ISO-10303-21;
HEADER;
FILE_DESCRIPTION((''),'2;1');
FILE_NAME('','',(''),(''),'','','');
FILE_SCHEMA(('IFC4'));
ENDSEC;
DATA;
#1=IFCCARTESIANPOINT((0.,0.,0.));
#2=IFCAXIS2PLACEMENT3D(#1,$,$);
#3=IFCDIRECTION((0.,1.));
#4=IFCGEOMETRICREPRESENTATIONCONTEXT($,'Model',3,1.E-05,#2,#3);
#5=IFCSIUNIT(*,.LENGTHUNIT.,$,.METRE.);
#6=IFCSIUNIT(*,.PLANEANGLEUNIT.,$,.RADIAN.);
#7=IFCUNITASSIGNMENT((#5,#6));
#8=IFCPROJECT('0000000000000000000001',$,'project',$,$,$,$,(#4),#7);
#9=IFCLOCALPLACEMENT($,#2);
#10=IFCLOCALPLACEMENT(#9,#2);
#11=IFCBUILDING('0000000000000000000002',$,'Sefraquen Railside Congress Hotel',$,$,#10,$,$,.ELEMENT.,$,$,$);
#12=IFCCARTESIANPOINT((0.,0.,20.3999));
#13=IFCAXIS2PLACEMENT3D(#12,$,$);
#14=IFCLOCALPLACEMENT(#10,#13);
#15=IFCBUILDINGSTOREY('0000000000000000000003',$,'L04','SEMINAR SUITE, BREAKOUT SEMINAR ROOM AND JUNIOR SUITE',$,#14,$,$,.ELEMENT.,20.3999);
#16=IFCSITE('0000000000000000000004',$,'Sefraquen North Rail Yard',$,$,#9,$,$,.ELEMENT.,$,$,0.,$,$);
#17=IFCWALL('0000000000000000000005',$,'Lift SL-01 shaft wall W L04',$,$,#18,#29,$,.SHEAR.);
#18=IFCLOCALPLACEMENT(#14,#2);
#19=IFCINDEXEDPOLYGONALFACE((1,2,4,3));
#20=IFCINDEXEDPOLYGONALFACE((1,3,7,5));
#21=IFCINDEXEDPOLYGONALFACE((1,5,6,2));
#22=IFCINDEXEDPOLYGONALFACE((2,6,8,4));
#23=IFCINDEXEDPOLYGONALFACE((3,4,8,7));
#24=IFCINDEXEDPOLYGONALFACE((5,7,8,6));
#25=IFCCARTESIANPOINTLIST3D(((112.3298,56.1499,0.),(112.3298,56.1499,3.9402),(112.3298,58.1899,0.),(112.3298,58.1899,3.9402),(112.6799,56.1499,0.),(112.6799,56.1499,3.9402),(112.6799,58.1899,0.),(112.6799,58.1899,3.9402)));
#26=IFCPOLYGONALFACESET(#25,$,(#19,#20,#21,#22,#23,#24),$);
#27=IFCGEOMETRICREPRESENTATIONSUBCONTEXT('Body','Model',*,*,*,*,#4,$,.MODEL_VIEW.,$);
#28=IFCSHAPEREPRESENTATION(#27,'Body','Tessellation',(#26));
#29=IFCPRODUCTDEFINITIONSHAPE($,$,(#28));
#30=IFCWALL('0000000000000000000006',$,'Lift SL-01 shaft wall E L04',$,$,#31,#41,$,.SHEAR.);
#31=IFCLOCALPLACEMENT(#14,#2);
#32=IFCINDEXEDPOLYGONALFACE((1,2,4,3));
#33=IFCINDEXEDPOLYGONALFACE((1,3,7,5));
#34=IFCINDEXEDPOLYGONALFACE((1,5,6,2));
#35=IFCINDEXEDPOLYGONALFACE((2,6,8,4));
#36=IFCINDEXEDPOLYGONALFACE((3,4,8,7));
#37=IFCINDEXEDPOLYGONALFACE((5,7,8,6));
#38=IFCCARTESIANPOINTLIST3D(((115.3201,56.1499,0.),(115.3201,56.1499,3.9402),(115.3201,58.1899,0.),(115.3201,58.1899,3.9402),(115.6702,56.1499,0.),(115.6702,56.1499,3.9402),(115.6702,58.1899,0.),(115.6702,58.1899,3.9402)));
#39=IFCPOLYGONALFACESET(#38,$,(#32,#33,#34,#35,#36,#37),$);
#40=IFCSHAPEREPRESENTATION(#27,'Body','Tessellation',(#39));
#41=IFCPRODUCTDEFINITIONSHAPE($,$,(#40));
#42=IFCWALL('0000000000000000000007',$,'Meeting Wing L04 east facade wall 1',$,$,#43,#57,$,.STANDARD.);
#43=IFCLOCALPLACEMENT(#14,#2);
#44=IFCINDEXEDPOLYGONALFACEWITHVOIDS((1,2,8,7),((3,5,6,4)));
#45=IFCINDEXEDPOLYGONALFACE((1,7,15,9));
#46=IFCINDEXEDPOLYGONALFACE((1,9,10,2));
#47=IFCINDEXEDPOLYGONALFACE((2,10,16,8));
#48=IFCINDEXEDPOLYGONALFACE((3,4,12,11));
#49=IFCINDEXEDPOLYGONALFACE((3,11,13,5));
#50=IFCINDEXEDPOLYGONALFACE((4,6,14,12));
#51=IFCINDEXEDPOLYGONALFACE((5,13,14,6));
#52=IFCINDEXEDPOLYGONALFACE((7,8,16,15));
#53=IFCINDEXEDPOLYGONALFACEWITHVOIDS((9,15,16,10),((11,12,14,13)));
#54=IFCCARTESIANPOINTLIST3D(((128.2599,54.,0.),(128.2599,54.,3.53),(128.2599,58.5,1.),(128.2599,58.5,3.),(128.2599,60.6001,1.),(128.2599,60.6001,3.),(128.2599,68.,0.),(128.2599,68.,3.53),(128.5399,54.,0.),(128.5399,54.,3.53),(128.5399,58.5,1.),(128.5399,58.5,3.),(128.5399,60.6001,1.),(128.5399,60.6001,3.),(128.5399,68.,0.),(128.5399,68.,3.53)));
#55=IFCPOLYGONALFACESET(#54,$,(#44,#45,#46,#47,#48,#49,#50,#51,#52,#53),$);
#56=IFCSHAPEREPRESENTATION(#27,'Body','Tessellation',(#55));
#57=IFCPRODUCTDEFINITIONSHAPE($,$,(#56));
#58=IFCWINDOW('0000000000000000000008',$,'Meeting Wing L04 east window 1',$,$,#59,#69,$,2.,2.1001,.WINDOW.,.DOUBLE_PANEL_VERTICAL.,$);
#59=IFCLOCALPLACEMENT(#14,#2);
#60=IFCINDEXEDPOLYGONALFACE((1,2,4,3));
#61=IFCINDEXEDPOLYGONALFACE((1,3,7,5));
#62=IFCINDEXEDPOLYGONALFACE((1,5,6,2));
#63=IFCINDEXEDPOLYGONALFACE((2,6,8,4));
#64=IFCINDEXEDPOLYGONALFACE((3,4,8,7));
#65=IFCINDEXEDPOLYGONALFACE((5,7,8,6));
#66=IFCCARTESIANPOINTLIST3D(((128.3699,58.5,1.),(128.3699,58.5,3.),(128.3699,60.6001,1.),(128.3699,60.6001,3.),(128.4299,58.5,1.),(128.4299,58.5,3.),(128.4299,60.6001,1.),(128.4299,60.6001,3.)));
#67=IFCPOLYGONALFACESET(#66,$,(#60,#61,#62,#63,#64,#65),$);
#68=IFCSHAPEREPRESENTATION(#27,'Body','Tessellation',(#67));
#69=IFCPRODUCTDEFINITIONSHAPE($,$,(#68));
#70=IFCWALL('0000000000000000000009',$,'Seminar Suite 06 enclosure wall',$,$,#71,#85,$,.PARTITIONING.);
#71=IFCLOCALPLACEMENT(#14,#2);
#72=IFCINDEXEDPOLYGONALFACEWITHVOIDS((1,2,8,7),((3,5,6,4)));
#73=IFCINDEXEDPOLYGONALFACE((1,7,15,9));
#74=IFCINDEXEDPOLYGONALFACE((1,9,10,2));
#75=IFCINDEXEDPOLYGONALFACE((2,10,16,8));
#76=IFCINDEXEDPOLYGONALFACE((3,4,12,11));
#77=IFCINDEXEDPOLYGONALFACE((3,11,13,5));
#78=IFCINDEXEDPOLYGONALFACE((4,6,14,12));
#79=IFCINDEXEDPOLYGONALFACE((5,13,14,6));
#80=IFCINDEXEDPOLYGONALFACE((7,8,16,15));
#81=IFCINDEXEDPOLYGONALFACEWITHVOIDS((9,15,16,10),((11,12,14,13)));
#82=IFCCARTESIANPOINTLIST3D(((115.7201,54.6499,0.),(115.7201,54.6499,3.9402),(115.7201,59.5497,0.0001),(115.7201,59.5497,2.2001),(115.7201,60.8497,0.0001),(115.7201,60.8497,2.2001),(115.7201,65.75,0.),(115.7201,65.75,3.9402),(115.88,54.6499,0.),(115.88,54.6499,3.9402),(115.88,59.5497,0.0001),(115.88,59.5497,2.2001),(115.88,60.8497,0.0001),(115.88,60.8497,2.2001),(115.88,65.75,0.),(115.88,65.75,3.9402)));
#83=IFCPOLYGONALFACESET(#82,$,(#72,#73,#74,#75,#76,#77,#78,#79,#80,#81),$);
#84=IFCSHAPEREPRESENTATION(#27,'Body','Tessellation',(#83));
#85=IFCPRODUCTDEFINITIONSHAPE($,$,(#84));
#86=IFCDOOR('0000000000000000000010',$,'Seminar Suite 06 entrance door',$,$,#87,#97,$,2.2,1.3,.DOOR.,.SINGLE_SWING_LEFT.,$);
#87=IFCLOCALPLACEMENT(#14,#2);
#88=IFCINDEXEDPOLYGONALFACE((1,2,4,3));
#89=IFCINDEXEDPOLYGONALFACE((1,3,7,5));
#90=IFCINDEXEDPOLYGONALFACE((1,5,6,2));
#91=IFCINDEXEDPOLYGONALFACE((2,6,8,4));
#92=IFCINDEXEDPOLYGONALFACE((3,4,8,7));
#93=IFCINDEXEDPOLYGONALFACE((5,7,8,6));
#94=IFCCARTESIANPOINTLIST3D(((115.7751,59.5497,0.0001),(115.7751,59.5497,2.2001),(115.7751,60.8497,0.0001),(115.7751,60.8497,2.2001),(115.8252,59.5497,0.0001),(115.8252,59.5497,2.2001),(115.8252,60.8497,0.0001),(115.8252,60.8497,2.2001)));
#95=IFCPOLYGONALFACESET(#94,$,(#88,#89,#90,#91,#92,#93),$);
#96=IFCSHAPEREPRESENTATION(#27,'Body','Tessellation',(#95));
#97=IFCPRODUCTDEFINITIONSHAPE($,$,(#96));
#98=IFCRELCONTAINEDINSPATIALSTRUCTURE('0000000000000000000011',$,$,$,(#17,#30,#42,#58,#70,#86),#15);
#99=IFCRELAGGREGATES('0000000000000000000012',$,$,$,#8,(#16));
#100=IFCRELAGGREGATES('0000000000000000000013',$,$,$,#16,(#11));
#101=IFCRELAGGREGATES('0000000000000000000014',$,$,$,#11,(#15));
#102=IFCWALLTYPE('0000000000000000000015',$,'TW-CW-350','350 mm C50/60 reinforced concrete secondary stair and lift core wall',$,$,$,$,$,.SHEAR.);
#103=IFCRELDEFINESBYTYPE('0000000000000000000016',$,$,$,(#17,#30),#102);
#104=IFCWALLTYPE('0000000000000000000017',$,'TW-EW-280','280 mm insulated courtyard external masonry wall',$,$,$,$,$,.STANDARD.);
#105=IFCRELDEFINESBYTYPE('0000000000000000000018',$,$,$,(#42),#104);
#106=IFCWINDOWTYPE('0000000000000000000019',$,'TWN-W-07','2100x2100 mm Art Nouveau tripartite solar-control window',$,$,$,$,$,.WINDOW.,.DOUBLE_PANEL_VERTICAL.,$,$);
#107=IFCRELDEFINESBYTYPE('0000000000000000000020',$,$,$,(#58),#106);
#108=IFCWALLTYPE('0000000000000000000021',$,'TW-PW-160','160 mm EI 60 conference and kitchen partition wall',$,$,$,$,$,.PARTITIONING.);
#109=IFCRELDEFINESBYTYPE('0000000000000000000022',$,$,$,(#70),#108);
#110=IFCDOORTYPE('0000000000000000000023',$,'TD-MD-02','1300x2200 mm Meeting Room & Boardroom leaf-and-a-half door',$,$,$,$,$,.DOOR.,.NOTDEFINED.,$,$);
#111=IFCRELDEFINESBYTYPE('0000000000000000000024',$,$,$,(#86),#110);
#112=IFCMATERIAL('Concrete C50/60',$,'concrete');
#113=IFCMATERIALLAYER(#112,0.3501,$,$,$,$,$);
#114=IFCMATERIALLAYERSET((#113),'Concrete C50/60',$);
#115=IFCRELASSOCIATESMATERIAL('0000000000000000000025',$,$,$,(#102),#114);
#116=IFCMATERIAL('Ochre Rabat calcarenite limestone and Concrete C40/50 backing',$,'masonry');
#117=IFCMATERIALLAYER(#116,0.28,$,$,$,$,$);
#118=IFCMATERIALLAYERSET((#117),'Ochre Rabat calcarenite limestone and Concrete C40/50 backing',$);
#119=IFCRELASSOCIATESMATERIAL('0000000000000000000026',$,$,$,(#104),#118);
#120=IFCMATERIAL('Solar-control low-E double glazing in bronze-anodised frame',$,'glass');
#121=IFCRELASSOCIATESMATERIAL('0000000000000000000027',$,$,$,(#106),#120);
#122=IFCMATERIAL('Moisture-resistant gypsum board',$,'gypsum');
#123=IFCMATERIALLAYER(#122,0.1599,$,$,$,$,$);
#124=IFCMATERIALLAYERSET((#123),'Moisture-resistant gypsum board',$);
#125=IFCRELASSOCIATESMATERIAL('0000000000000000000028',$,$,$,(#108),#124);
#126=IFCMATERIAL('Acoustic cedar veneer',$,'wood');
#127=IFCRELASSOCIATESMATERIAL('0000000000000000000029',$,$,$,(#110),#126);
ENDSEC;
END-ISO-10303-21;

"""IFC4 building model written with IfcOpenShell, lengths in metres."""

from ifc_helpers import new_model, si_unit, direction, frame, frame_2d, origin, place, context, subcontext, project, spatial, rectangle, extrude, material, layer, layer_set, type_object, element, fill, save


model = new_model("IFC4")

# Units and contexts
model_context = context("Model", 3, precision=1e-05, world=origin(), true_north=direction((0.0, 1.0)))
body_context = subcontext(model_context, "Body", "Model", "MODEL_VIEW")
ifc_project = project(units=[si_unit("LENGTHUNIT", "METRE"), si_unit("PLANEANGLEUNIT", "RADIAN")], contexts=[model_context])

# Site, building, storey
site_placement = place(None, origin())
site = spatial("IfcSite", under=ifc_project, at=site_placement, Name="Sefraquen North Rail Yard", CompositionType="ELEMENT", RefElevation=0.0)
building_placement = place(site_placement, origin())
building = spatial("IfcBuilding", under=site, at=building_placement, Name="Sefraquen Railside Congress Hotel", CompositionType="ELEMENT")
storey_placement = place(building_placement, frame((0.0, 0.0, 20.3999)))
storey = spatial("IfcBuildingStorey", under=building, at=storey_placement, Name="L04", Description="SEMINAR SUITE, BREAKOUT SEMINAR ROOM AND JUNIOR SUITE", CompositionType="ELEMENT", Elevation=20.3999)

# Shared definitions
ifc_material_1 = material(Name="Concrete C50/60", Category="concrete")
ifc_layer_1 = layer(ifc_material_1, 0.3501)
ifc_layer_set_1 = layer_set([ifc_layer_1], Name="Concrete C50/60")
wall_type_1 = type_object("IfcWallType", Name="TW-CW-350", Description="350 mm C50/60 reinforced concrete secondary stair and lift core wall", PredefinedType="SHEAR", material=ifc_layer_set_1)

# Walls
for number, where, z_axis, x_axis, name in (
    (1, (112.5049, 56.1499, 0.0), (0.0, 0.0, 1.0), (0.0, 1.0, 0.0), "Lift SL-01 shaft wall W L04"),
    (2, (115.4951, 56.1499, 0.0), (0.0, 0.0, 1.0), (0.0, 1.0, 0.0), "Lift SL-01 shaft wall E L04"),
):
    element("IfcWall", number, at=place(storey_placement, frame(where, z_axis=z_axis, x_axis=x_axis)), inside=storey, type_object=wall_type_1, Name=name, PredefinedType="SHEAR", context=body_context, shape_type="SweptSolid", body=[
        extrude(rectangle(XDim=2.04, YDim=0.3501, at=frame_2d((1.02, 0.0))), origin(), (0.0, 0.0, 1.0), 3.9402),
    ])

# Wall, opening, window
ifc_material_2 = material(Name="Ochre Rabat calcarenite limestone and Concrete C40/50 backing", Category="masonry")
ifc_layer_2 = layer(ifc_material_2, 0.28)
ifc_layer_set_2 = layer_set([ifc_layer_2], Name="Ochre Rabat calcarenite limestone and Concrete C40/50 backing")
wall_type_2 = type_object("IfcWallType", Name="TW-EW-280", Description="280 mm insulated courtyard external masonry wall", PredefinedType="STANDARD", material=ifc_layer_set_2)
wall_1_placement = place(storey_placement, frame((128.3999, 54.0, 0.0), z_axis=(0.0, 0.0, 1.0), x_axis=(0.0, 1.0, 0.0)))
wall_1 = element("IfcWall", 3, at=wall_1_placement, inside=storey, type_object=wall_type_2, Name="Meeting Wing L04 east facade wall 1", PredefinedType="STANDARD", context=body_context, shape_type="SweptSolid", body=[
    extrude(rectangle(XDim=14.0, YDim=0.28, at=frame_2d((7.0, 0.0))), origin(), (0.0, 0.0, 1.0), 3.53),
])
opening_1_placement = place(wall_1_placement, frame((4.5, 0.0, 1.0)))
opening_1 = element("IfcOpeningElement", 4, at=opening_1_placement, cuts=wall_1, PredefinedType="OPENING", context=body_context, shape_type="SweptSolid", body=[
    extrude(rectangle(XDim=2.1001, YDim=2.0, at=frame_2d((1.05, 1.0))), frame((0.0, 0.1499, 0.0), z_axis=(0.0, -1.0, 0.0), x_axis=(1.0, 0.0, 0.0)), (0.0, 0.0, 1.0), 0.3),
])
ifc_material_3 = material(Name="Solar-control low-E double glazing in bronze-anodised frame", Category="glass")
window_type = type_object("IfcWindowType", Name="TWN-W-07", Description="2100x2100 mm Art Nouveau tripartite solar-control window", PartitioningType="DOUBLE_PANEL_VERTICAL", PredefinedType="WINDOW", material=ifc_material_3)
window_placement = place(opening_1_placement, origin())
window = element("IfcWindow", 5, at=window_placement, inside=storey, type_object=window_type, Name="Meeting Wing L04 east window 1", OverallHeight=2.0, OverallWidth=2.1001, PartitioningType="DOUBLE_PANEL_VERTICAL", PredefinedType="WINDOW", context=body_context, shape_type="SweptSolid", body=[
    extrude(rectangle(XDim=2.1001, YDim=2.0, at=frame_2d((1.05, 1.0))), frame((0.0, 0.03, 0.0), z_axis=(0.0, -1.0, 0.0), x_axis=(1.0, 0.0, 0.0)), (0.0, 0.0, 1.0), 0.0601),
])
fill(opening_1, window)

# Wall, opening, door
ifc_material_4 = material(Name="Moisture-resistant gypsum board", Category="gypsum")
ifc_layer_3 = layer(ifc_material_4, 0.1599)
ifc_layer_set_3 = layer_set([ifc_layer_3], Name="Moisture-resistant gypsum board")
wall_type_3 = type_object("IfcWallType", Name="TW-PW-160", Description="160 mm EI 60 conference and kitchen partition wall", PredefinedType="PARTITIONING", material=ifc_layer_set_3)
wall_2_placement = place(storey_placement, frame((115.8, 54.6499, 0.0), z_axis=(0.0, 0.0, 1.0), x_axis=(0.0, 1.0, 0.0)))
wall_2 = element("IfcWall", 6, at=wall_2_placement, inside=storey, type_object=wall_type_3, Name="Seminar Suite 06 enclosure wall", PredefinedType="PARTITIONING", context=body_context, shape_type="SweptSolid", body=[
    extrude(rectangle(XDim=11.1001, YDim=0.1599, at=frame_2d((5.55, 0.0))), origin(), (0.0, 0.0, 1.0), 3.9402),
])
opening_2_placement = place(wall_2_placement, frame((4.8999, 0.0, 0.0)))
opening_2 = element("IfcOpeningElement", 7, at=opening_2_placement, cuts=wall_2, PredefinedType="OPENING", context=body_context, shape_type="SweptSolid", body=[
    extrude(rectangle(XDim=1.3, YDim=2.2, at=frame_2d((0.6499, 1.1001))), frame((0.0, 0.0898, 0.0), z_axis=(0.0, -1.0, 0.0), x_axis=(1.0, 0.0, 0.0)), (0.0, 0.0, 1.0), 0.1799),
])
ifc_material_5 = material(Name="Acoustic cedar veneer", Category="wood")
door_type_1 = type_object("IfcDoorType", Name="TD-MD-02", Description="1300x2200 mm Meeting Room & Boardroom leaf-and-a-half door", OperationType="NOTDEFINED", PredefinedType="DOOR", material=ifc_material_5)
door_1_placement = place(opening_2_placement, origin())
door_1 = element("IfcDoor", 8, at=door_1_placement, inside=storey, type_object=door_type_1, Name="Seminar Suite 06 entrance door", OperationType="SINGLE_SWING_LEFT", OverallHeight=2.2, OverallWidth=1.3, PredefinedType="DOOR", context=body_context, shape_type="SweptSolid", body=[
    extrude(rectangle(XDim=1.3, YDim=2.2, at=frame_2d((0.6499, 1.1001))), frame((0.0, 0.0249, 0.0), z_axis=(0.0, -1.0, 0.0), x_axis=(1.0, 0.0, 0.0)), (0.0, 0.0, 1.0), 0.05),
])
fill(opening_2, door_1)

save(model, "model.ifc")
